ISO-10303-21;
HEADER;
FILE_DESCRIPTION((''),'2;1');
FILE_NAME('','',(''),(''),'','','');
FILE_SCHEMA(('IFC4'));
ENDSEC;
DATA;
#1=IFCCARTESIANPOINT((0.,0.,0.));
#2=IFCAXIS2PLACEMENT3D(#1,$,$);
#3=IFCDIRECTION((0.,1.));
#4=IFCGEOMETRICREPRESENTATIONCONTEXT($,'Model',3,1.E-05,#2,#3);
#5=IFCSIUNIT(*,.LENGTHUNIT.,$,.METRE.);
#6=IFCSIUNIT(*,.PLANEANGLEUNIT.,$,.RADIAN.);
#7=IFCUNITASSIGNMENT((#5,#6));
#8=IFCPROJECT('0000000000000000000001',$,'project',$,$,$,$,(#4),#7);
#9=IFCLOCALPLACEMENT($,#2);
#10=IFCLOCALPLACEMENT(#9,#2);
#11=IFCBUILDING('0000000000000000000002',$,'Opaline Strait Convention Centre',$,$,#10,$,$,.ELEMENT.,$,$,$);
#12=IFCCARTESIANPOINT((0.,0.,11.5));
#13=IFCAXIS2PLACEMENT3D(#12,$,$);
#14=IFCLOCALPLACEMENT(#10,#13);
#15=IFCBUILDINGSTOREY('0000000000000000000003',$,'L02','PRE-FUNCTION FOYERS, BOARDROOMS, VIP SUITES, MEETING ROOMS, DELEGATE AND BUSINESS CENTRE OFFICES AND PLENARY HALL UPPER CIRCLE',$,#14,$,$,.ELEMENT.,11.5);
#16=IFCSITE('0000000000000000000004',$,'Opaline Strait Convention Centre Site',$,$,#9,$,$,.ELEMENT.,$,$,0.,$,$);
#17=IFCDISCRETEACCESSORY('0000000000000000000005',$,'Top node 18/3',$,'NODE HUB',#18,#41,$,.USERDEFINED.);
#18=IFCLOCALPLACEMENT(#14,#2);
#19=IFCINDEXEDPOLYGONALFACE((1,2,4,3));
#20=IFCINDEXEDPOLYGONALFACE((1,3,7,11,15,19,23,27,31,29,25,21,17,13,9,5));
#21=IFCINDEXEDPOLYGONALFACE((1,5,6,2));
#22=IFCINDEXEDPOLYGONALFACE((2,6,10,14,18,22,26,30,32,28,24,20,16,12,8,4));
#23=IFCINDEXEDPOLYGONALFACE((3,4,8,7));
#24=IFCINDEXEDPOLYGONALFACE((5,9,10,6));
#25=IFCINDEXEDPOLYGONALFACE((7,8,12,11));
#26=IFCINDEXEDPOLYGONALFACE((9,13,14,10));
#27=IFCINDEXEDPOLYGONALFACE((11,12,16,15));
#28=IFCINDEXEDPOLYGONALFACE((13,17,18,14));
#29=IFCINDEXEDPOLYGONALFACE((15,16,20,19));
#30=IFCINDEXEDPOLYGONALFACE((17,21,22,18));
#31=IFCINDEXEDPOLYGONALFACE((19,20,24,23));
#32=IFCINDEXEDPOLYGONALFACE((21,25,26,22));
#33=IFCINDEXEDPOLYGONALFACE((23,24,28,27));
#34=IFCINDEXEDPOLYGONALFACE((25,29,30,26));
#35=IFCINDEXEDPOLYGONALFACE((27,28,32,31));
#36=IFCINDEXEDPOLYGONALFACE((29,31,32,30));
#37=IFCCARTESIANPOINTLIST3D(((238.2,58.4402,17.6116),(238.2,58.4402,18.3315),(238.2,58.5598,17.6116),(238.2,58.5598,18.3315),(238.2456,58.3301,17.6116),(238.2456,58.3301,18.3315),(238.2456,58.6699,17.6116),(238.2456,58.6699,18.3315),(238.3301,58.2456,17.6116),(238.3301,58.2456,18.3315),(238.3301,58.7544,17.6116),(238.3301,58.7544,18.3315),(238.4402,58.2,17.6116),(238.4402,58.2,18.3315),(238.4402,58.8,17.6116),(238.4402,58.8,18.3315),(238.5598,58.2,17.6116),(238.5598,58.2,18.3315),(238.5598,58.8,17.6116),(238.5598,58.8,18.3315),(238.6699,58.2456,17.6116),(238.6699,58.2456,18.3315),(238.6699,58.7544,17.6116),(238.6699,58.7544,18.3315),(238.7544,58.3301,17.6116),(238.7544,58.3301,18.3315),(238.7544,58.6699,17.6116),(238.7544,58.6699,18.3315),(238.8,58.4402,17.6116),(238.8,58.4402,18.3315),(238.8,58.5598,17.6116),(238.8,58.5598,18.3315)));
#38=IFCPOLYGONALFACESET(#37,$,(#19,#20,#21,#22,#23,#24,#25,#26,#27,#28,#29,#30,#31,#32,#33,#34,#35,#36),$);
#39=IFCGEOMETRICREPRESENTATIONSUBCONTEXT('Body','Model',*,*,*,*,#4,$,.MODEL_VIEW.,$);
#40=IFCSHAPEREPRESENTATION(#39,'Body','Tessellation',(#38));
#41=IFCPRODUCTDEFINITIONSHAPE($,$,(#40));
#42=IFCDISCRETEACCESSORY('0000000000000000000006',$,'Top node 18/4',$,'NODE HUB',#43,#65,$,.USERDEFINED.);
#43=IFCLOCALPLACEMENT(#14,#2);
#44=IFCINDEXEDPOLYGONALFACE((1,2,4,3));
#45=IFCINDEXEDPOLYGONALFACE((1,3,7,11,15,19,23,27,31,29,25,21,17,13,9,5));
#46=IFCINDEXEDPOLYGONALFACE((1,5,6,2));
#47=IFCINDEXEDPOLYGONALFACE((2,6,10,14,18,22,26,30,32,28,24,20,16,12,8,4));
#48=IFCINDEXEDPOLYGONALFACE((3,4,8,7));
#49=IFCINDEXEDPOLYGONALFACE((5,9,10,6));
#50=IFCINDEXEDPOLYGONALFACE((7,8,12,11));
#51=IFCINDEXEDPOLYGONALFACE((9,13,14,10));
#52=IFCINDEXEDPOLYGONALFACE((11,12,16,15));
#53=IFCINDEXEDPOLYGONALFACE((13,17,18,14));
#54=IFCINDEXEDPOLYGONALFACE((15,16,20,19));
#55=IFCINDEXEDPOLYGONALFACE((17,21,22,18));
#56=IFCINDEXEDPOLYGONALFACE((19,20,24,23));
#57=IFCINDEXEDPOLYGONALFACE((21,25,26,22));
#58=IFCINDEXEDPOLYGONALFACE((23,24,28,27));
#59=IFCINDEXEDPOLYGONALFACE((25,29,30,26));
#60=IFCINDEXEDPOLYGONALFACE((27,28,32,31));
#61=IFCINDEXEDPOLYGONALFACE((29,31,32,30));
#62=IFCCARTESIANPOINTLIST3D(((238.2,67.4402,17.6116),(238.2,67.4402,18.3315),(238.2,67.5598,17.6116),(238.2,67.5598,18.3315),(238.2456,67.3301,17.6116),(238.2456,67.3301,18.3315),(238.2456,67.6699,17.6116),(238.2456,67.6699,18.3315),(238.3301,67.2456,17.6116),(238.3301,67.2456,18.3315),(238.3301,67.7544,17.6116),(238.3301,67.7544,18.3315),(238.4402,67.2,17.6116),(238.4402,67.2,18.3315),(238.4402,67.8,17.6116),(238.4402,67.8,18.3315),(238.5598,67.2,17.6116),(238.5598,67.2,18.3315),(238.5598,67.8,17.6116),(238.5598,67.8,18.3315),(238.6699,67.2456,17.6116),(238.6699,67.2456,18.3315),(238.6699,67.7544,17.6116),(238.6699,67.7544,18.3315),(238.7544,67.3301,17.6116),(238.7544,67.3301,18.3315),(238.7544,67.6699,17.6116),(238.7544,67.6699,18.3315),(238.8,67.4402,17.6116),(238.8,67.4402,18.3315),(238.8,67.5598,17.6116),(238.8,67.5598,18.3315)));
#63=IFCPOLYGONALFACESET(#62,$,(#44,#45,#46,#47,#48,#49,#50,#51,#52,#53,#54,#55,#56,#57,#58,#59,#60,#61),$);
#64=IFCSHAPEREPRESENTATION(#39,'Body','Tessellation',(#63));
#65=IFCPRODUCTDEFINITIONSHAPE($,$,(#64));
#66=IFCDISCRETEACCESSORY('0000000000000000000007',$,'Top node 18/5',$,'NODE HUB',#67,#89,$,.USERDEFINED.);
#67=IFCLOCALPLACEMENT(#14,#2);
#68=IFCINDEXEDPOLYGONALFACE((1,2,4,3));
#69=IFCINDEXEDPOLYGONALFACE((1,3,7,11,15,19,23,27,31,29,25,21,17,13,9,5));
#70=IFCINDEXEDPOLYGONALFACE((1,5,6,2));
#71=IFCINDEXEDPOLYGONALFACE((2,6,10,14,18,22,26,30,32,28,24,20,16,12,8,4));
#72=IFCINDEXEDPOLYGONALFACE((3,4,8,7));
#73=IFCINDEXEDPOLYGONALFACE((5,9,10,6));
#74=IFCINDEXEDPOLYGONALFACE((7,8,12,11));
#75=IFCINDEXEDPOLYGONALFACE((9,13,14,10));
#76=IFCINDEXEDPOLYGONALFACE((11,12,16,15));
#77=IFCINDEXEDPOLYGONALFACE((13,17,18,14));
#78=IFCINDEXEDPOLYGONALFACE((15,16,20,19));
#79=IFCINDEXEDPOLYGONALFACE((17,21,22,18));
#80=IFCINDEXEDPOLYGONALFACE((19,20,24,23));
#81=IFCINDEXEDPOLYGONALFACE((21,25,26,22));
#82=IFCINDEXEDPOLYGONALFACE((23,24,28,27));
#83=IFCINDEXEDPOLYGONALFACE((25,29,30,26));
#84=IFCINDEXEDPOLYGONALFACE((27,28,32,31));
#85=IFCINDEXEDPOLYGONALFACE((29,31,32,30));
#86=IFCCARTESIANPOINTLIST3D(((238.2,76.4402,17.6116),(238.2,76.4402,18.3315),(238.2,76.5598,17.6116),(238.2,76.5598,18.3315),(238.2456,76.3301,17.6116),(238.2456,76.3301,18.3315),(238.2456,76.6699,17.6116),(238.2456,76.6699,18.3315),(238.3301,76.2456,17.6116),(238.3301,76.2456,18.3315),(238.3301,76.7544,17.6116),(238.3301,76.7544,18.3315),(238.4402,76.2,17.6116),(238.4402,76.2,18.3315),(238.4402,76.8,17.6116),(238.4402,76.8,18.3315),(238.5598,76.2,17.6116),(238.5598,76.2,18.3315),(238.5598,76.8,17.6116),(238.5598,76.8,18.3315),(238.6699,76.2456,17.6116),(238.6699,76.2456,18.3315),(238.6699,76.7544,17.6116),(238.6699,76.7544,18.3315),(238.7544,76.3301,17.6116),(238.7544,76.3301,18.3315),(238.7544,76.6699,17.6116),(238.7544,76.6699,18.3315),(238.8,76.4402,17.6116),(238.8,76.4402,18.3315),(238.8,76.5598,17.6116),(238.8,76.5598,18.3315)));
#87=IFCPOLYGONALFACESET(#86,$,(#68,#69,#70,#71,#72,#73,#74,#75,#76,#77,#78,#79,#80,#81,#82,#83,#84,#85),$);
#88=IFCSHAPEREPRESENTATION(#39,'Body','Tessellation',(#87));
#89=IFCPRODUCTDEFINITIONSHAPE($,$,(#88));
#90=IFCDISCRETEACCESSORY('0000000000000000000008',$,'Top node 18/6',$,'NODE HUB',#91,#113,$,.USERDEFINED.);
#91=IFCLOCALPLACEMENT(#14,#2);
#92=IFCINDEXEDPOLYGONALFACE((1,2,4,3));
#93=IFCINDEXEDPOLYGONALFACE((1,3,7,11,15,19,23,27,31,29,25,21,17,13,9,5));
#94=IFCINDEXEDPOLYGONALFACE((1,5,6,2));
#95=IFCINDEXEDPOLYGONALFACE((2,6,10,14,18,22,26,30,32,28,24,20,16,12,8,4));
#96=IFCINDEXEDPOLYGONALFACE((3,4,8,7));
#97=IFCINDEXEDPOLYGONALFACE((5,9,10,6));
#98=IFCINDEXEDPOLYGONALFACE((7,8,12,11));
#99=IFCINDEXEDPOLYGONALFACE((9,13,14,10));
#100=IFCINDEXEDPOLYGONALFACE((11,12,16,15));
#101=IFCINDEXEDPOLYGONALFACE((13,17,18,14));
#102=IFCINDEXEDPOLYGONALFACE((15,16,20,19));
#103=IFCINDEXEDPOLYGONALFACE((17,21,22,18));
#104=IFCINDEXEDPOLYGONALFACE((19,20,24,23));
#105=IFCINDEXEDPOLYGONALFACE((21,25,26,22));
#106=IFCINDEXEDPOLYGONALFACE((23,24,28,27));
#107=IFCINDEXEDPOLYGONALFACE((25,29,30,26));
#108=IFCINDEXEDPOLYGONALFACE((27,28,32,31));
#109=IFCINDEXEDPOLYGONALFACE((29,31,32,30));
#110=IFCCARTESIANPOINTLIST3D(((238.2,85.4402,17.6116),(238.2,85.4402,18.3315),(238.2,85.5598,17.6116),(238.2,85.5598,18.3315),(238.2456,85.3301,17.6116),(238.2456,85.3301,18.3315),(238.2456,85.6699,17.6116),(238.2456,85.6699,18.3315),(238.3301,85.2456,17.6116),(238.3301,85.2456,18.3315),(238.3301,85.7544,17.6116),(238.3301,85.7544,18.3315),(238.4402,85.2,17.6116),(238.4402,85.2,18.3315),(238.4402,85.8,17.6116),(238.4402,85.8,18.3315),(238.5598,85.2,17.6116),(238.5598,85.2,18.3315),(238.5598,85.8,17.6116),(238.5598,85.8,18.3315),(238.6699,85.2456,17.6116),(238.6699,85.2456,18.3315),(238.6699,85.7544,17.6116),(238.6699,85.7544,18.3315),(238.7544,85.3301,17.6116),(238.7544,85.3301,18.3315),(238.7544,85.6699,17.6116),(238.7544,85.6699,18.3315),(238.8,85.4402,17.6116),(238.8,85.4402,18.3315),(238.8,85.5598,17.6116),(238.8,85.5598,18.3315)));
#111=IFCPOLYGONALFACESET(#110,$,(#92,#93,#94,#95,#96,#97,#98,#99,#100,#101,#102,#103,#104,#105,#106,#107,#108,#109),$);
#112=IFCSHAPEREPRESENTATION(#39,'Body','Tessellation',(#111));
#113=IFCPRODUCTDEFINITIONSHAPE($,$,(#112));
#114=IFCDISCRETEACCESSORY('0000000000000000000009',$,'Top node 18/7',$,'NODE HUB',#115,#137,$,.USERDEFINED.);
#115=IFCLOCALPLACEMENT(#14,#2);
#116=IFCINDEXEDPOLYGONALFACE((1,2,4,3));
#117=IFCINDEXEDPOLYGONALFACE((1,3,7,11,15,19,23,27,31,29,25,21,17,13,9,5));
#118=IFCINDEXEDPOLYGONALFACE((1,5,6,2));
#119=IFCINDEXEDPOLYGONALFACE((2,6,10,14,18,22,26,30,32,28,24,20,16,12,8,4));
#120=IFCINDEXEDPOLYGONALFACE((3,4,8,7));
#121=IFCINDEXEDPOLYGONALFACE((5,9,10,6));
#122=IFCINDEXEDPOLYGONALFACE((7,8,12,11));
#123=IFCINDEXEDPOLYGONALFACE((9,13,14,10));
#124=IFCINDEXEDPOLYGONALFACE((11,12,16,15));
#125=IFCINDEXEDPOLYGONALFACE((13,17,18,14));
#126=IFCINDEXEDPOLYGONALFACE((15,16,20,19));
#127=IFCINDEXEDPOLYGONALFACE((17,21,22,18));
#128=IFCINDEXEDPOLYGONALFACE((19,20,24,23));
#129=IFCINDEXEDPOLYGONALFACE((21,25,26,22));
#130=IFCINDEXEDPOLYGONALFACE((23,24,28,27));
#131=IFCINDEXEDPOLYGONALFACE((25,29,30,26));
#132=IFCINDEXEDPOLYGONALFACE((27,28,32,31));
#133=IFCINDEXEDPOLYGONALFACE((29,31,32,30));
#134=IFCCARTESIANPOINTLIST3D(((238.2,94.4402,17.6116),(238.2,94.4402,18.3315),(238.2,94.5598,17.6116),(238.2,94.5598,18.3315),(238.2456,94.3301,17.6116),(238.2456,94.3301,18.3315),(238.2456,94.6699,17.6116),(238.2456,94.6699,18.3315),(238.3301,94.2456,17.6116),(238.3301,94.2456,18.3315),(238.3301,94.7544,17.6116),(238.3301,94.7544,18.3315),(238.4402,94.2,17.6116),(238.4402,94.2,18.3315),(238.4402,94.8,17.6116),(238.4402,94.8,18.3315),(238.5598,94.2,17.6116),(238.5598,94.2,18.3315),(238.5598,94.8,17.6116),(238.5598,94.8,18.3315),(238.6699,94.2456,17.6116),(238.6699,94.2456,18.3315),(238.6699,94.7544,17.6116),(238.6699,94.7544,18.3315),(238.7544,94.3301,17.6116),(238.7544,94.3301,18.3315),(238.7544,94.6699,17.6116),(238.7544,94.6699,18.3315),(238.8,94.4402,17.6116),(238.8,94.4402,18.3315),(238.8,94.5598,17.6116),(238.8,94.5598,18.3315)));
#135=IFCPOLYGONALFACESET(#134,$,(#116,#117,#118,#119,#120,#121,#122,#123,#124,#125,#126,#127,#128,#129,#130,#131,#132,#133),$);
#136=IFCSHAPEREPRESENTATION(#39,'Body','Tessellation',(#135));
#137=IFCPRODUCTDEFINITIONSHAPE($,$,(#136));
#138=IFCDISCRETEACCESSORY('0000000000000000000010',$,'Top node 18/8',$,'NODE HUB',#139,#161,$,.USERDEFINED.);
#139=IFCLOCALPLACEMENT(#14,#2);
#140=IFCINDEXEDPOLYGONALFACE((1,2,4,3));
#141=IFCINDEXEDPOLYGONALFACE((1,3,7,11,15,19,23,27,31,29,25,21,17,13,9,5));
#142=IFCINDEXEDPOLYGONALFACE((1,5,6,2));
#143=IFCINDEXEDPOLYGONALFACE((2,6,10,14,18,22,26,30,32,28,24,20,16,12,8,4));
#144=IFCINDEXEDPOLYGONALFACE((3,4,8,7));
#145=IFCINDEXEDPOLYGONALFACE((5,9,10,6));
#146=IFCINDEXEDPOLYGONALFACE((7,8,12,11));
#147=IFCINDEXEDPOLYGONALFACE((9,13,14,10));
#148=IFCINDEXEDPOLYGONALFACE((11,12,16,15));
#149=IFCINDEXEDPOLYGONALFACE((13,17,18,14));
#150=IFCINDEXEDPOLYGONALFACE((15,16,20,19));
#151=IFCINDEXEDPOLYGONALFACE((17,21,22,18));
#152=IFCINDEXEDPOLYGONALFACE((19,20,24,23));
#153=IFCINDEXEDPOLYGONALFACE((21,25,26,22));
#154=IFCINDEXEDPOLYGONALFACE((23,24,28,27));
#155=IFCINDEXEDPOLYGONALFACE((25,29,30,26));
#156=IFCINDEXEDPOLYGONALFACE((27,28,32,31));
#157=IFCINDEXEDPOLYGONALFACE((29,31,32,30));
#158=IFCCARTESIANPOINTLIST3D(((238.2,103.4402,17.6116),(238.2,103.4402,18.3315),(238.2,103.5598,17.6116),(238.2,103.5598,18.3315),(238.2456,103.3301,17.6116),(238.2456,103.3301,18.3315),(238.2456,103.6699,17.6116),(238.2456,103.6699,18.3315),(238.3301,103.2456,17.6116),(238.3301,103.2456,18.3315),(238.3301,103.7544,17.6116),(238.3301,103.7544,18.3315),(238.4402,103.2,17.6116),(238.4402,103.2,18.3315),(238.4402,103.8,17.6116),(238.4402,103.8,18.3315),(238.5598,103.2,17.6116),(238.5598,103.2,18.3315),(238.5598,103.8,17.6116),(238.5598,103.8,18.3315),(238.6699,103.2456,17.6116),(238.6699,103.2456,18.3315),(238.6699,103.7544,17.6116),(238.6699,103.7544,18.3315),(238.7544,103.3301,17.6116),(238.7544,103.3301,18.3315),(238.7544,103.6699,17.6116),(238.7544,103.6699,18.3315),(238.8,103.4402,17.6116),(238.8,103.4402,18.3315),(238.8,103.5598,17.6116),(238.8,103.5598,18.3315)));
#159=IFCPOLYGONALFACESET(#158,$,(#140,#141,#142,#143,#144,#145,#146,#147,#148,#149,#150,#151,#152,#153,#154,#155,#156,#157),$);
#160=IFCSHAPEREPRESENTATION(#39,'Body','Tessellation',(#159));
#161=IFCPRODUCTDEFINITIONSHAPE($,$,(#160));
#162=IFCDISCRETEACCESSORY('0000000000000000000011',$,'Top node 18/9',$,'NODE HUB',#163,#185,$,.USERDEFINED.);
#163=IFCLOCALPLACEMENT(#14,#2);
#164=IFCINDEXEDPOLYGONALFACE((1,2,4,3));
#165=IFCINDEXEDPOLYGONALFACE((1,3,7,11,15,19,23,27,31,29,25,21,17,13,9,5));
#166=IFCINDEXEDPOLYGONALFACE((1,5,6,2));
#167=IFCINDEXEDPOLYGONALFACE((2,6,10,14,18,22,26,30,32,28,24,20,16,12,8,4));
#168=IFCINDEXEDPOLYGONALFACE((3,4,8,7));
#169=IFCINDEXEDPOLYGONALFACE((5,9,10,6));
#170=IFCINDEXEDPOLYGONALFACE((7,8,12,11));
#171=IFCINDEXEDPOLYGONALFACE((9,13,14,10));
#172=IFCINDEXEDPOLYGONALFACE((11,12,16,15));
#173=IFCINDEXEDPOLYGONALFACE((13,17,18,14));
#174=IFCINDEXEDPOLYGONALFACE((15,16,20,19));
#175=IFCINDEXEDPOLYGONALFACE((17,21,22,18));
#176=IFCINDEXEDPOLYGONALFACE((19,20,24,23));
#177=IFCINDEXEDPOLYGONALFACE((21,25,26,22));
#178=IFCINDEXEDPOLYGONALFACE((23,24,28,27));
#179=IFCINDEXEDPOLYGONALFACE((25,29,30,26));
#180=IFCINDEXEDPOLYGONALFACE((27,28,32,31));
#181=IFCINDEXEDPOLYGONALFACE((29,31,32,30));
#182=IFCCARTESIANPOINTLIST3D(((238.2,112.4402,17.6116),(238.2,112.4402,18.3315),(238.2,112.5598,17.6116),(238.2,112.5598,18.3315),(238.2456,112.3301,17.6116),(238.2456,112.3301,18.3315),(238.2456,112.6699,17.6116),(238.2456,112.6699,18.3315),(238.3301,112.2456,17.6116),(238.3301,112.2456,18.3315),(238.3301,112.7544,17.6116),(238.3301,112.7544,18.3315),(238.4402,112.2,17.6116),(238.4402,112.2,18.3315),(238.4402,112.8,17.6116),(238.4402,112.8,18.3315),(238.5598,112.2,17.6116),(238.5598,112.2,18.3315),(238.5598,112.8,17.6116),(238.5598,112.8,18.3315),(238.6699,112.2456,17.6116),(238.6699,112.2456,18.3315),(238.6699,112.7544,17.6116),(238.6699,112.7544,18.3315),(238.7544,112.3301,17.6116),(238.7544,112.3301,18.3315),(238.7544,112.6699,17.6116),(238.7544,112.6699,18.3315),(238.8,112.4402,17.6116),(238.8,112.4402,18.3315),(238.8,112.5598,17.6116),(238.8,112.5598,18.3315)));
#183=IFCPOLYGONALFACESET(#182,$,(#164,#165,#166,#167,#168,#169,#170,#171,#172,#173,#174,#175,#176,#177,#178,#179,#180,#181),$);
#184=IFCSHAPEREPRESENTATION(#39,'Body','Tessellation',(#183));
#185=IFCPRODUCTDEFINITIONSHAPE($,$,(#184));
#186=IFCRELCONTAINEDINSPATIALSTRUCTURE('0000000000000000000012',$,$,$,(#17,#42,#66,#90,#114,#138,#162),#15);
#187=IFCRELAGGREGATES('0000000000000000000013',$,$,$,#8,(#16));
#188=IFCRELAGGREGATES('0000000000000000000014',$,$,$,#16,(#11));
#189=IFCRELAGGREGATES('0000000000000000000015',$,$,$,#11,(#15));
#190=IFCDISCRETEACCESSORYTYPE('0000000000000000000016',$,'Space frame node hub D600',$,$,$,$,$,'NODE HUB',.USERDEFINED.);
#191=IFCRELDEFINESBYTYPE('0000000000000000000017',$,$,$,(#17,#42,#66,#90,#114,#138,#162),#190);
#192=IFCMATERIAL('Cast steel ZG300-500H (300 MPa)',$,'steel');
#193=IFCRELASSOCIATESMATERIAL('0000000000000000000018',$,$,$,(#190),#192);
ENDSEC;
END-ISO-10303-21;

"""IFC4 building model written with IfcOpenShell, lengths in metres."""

from ifc_helpers import new_model, si_unit, direction, frame, origin, place, context, subcontext, project, spatial, polyline, outline, extrude, material, type_object, element, save


model = new_model("IFC4")

# Units and contexts
model_context = context("Model", 3, precision=1e-05, world=origin(), true_north=direction((0.0, 1.0)))
body_context = subcontext(model_context, "Body", "Model", "MODEL_VIEW")
ifc_project = project(units=[si_unit("LENGTHUNIT", "METRE"), si_unit("PLANEANGLEUNIT", "RADIAN")], contexts=[model_context])

# Site, building, storey
site_placement = place(None, origin())
site = spatial("IfcSite", under=ifc_project, at=site_placement, Name="Opaline Strait Convention Centre Site", CompositionType="ELEMENT", RefElevation=0.0)
building_placement = place(site_placement, origin())
building = spatial("IfcBuilding", under=site, at=building_placement, Name="Opaline Strait Convention Centre", CompositionType="ELEMENT")
storey_placement = place(building_placement, frame((0.0, 0.0, 11.5)))
storey = spatial("IfcBuildingStorey", under=building, at=storey_placement, Name="L02", Description="PRE-FUNCTION FOYERS, BOARDROOMS, VIP SUITES, MEETING ROOMS, DELEGATE AND BUSINESS CENTRE OFFICES AND PLENARY HALL UPPER CIRCLE", CompositionType="ELEMENT", Elevation=11.5)

# Discrete accessories
ifc_material = material(Name="Cast steel ZG300-500H (300 MPa)", Category="steel")
discrete_accessory_type = type_object("IfcDiscreteAccessoryType", Name="Space frame node hub D600", ElementType="NODE HUB", PredefinedType="USERDEFINED", material=ifc_material)
discrete_accessory_1_placement = place(storey_placement, frame((0.0, 0.0, 17.6116)))
element("IfcDiscreteAccessory", 1, at=discrete_accessory_1_placement, inside=storey, type_object=discrete_accessory_type, Name="Top node 18/3", ObjectType="NODE HUB", PredefinedType="USERDEFINED", context=body_context, shape_type="SweptSolid", body=[
    extrude(outline(polyline([(238.8, 58.5598), (238.7544, 58.6699), (238.6699, 58.7544), (238.5598, 58.8), (238.4402, 58.8), (238.3301, 58.7544), (238.2456, 58.6699), (238.2, 58.5598), (238.2, 58.4402), (238.2456, 58.3301), (238.3301, 58.2456), (238.4402, 58.2), (238.5598, 58.2), (238.6699, 58.2456), (238.7544, 58.3301), (238.8, 58.4402), (238.8, 58.5598)])), origin(), (0.0, 0.0, 1.0), 0.72),
])
discrete_accessory_2_placement = place(storey_placement, frame((0.0, 0.0, 17.6116)))
element("IfcDiscreteAccessory", 2, at=discrete_accessory_2_placement, inside=storey, type_object=discrete_accessory_type, Name="Top node 18/4", ObjectType="NODE HUB", PredefinedType="USERDEFINED", context=body_context, shape_type="SweptSolid", body=[
    extrude(outline(polyline([(238.8, 67.5598), (238.7544, 67.6699), (238.6699, 67.7544), (238.5598, 67.8), (238.4402, 67.8), (238.3301, 67.7544), (238.2456, 67.6699), (238.2, 67.5598), (238.2, 67.4402), (238.2456, 67.3301), (238.3301, 67.2456), (238.4402, 67.2), (238.5598, 67.2), (238.6699, 67.2456), (238.7544, 67.3301), (238.8, 67.4402), (238.8, 67.5598)])), origin(), (0.0, 0.0, 1.0), 0.72),
])
discrete_accessory_3_placement = place(storey_placement, frame((0.0, 0.0, 17.6116)))
element("IfcDiscreteAccessory", 3, at=discrete_accessory_3_placement, inside=storey, type_object=discrete_accessory_type, Name="Top node 18/5", ObjectType="NODE HUB", PredefinedType="USERDEFINED", context=body_context, shape_type="SweptSolid", body=[
    extrude(outline(polyline([(238.8, 76.5598), (238.7544, 76.6699), (238.6699, 76.7544), (238.5598, 76.8), (238.4402, 76.8), (238.3301, 76.7544), (238.2456, 76.6699), (238.2, 76.5598), (238.2, 76.4402), (238.2456, 76.3301), (238.3301, 76.2456), (238.4402, 76.2), (238.5598, 76.2), (238.6699, 76.2456), (238.7544, 76.3301), (238.8, 76.4402), (238.8, 76.5598)])), origin(), (0.0, 0.0, 1.0), 0.72),
])
discrete_accessory_4_placement = place(storey_placement, frame((0.0, 0.0, 17.6116)))
element("IfcDiscreteAccessory", 4, at=discrete_accessory_4_placement, inside=storey, type_object=discrete_accessory_type, Name="Top node 18/6", ObjectType="NODE HUB", PredefinedType="USERDEFINED", context=body_context, shape_type="SweptSolid", body=[
    extrude(outline(polyline([(238.8, 85.5598), (238.7544, 85.6699), (238.6699, 85.7544), (238.5598, 85.8), (238.4402, 85.8), (238.3301, 85.7544), (238.2456, 85.6699), (238.2, 85.5598), (238.2, 85.4402), (238.2456, 85.3301), (238.3301, 85.2456), (238.4402, 85.2), (238.5598, 85.2), (238.6699, 85.2456), (238.7544, 85.3301), (238.8, 85.4402), (238.8, 85.5598)])), origin(), (0.0, 0.0, 1.0), 0.72),
])
discrete_accessory_5_placement = place(storey_placement, frame((0.0, 0.0, 17.6116)))
element("IfcDiscreteAccessory", 5, at=discrete_accessory_5_placement, inside=storey, type_object=discrete_accessory_type, Name="Top node 18/7", ObjectType="NODE HUB", PredefinedType="USERDEFINED", context=body_context, shape_type="SweptSolid", body=[
    extrude(outline(polyline([(238.8, 94.5598), (238.7544, 94.6699), (238.6699, 94.7544), (238.5598, 94.8), (238.4402, 94.8), (238.3301, 94.7544), (238.2456, 94.6699), (238.2, 94.5598), (238.2, 94.4402), (238.2456, 94.3301), (238.3301, 94.2456), (238.4402, 94.2), (238.5598, 94.2), (238.6699, 94.2456), (238.7544, 94.3301), (238.8, 94.4402), (238.8, 94.5598)])), origin(), (0.0, 0.0, 1.0), 0.72),
])
discrete_accessory_6_placement = place(storey_placement, frame((0.0, 0.0, 17.6116)))
element("IfcDiscreteAccessory", 6, at=discrete_accessory_6_placement, inside=storey, type_object=discrete_accessory_type, Name="Top node 18/8", ObjectType="NODE HUB", PredefinedType="USERDEFINED", context=body_context, shape_type="SweptSolid", body=[
    extrude(outline(polyline([(238.8, 103.5598), (238.7544, 103.6699), (238.6699, 103.7544), (238.5598, 103.8), (238.4402, 103.8), (238.3301, 103.7544), (238.2456, 103.6699), (238.2, 103.5598), (238.2, 103.4402), (238.2456, 103.3301), (238.3301, 103.2456), (238.4402, 103.2), (238.5598, 103.2), (238.6699, 103.2456), (238.7544, 103.3301), (238.8, 103.4402), (238.8, 103.5598)])), origin(), (0.0, 0.0, 1.0), 0.72),
])
discrete_accessory_7_placement = place(storey_placement, frame((0.0, 0.0, 17.6116)))
element("IfcDiscreteAccessory", 7, at=discrete_accessory_7_placement, inside=storey, type_object=discrete_accessory_type, Name="Top node 18/9", ObjectType="NODE HUB", PredefinedType="USERDEFINED", context=body_context, shape_type="SweptSolid", body=[
    extrude(outline(polyline([(238.8, 112.5598), (238.7544, 112.6699), (238.6699, 112.7544), (238.5598, 112.8), (238.4402, 112.8), (238.3301, 112.7544), (238.2456, 112.6699), (238.2, 112.5598), (238.2, 112.4402), (238.2456, 112.3301), (238.3301, 112.2456), (238.4402, 112.2), (238.5598, 112.2), (238.6699, 112.2456), (238.7544, 112.3301), (238.8, 112.4402), (238.8, 112.5598)])), origin(), (0.0, 0.0, 1.0), 0.72),
])

save(model, "model.ifc")
